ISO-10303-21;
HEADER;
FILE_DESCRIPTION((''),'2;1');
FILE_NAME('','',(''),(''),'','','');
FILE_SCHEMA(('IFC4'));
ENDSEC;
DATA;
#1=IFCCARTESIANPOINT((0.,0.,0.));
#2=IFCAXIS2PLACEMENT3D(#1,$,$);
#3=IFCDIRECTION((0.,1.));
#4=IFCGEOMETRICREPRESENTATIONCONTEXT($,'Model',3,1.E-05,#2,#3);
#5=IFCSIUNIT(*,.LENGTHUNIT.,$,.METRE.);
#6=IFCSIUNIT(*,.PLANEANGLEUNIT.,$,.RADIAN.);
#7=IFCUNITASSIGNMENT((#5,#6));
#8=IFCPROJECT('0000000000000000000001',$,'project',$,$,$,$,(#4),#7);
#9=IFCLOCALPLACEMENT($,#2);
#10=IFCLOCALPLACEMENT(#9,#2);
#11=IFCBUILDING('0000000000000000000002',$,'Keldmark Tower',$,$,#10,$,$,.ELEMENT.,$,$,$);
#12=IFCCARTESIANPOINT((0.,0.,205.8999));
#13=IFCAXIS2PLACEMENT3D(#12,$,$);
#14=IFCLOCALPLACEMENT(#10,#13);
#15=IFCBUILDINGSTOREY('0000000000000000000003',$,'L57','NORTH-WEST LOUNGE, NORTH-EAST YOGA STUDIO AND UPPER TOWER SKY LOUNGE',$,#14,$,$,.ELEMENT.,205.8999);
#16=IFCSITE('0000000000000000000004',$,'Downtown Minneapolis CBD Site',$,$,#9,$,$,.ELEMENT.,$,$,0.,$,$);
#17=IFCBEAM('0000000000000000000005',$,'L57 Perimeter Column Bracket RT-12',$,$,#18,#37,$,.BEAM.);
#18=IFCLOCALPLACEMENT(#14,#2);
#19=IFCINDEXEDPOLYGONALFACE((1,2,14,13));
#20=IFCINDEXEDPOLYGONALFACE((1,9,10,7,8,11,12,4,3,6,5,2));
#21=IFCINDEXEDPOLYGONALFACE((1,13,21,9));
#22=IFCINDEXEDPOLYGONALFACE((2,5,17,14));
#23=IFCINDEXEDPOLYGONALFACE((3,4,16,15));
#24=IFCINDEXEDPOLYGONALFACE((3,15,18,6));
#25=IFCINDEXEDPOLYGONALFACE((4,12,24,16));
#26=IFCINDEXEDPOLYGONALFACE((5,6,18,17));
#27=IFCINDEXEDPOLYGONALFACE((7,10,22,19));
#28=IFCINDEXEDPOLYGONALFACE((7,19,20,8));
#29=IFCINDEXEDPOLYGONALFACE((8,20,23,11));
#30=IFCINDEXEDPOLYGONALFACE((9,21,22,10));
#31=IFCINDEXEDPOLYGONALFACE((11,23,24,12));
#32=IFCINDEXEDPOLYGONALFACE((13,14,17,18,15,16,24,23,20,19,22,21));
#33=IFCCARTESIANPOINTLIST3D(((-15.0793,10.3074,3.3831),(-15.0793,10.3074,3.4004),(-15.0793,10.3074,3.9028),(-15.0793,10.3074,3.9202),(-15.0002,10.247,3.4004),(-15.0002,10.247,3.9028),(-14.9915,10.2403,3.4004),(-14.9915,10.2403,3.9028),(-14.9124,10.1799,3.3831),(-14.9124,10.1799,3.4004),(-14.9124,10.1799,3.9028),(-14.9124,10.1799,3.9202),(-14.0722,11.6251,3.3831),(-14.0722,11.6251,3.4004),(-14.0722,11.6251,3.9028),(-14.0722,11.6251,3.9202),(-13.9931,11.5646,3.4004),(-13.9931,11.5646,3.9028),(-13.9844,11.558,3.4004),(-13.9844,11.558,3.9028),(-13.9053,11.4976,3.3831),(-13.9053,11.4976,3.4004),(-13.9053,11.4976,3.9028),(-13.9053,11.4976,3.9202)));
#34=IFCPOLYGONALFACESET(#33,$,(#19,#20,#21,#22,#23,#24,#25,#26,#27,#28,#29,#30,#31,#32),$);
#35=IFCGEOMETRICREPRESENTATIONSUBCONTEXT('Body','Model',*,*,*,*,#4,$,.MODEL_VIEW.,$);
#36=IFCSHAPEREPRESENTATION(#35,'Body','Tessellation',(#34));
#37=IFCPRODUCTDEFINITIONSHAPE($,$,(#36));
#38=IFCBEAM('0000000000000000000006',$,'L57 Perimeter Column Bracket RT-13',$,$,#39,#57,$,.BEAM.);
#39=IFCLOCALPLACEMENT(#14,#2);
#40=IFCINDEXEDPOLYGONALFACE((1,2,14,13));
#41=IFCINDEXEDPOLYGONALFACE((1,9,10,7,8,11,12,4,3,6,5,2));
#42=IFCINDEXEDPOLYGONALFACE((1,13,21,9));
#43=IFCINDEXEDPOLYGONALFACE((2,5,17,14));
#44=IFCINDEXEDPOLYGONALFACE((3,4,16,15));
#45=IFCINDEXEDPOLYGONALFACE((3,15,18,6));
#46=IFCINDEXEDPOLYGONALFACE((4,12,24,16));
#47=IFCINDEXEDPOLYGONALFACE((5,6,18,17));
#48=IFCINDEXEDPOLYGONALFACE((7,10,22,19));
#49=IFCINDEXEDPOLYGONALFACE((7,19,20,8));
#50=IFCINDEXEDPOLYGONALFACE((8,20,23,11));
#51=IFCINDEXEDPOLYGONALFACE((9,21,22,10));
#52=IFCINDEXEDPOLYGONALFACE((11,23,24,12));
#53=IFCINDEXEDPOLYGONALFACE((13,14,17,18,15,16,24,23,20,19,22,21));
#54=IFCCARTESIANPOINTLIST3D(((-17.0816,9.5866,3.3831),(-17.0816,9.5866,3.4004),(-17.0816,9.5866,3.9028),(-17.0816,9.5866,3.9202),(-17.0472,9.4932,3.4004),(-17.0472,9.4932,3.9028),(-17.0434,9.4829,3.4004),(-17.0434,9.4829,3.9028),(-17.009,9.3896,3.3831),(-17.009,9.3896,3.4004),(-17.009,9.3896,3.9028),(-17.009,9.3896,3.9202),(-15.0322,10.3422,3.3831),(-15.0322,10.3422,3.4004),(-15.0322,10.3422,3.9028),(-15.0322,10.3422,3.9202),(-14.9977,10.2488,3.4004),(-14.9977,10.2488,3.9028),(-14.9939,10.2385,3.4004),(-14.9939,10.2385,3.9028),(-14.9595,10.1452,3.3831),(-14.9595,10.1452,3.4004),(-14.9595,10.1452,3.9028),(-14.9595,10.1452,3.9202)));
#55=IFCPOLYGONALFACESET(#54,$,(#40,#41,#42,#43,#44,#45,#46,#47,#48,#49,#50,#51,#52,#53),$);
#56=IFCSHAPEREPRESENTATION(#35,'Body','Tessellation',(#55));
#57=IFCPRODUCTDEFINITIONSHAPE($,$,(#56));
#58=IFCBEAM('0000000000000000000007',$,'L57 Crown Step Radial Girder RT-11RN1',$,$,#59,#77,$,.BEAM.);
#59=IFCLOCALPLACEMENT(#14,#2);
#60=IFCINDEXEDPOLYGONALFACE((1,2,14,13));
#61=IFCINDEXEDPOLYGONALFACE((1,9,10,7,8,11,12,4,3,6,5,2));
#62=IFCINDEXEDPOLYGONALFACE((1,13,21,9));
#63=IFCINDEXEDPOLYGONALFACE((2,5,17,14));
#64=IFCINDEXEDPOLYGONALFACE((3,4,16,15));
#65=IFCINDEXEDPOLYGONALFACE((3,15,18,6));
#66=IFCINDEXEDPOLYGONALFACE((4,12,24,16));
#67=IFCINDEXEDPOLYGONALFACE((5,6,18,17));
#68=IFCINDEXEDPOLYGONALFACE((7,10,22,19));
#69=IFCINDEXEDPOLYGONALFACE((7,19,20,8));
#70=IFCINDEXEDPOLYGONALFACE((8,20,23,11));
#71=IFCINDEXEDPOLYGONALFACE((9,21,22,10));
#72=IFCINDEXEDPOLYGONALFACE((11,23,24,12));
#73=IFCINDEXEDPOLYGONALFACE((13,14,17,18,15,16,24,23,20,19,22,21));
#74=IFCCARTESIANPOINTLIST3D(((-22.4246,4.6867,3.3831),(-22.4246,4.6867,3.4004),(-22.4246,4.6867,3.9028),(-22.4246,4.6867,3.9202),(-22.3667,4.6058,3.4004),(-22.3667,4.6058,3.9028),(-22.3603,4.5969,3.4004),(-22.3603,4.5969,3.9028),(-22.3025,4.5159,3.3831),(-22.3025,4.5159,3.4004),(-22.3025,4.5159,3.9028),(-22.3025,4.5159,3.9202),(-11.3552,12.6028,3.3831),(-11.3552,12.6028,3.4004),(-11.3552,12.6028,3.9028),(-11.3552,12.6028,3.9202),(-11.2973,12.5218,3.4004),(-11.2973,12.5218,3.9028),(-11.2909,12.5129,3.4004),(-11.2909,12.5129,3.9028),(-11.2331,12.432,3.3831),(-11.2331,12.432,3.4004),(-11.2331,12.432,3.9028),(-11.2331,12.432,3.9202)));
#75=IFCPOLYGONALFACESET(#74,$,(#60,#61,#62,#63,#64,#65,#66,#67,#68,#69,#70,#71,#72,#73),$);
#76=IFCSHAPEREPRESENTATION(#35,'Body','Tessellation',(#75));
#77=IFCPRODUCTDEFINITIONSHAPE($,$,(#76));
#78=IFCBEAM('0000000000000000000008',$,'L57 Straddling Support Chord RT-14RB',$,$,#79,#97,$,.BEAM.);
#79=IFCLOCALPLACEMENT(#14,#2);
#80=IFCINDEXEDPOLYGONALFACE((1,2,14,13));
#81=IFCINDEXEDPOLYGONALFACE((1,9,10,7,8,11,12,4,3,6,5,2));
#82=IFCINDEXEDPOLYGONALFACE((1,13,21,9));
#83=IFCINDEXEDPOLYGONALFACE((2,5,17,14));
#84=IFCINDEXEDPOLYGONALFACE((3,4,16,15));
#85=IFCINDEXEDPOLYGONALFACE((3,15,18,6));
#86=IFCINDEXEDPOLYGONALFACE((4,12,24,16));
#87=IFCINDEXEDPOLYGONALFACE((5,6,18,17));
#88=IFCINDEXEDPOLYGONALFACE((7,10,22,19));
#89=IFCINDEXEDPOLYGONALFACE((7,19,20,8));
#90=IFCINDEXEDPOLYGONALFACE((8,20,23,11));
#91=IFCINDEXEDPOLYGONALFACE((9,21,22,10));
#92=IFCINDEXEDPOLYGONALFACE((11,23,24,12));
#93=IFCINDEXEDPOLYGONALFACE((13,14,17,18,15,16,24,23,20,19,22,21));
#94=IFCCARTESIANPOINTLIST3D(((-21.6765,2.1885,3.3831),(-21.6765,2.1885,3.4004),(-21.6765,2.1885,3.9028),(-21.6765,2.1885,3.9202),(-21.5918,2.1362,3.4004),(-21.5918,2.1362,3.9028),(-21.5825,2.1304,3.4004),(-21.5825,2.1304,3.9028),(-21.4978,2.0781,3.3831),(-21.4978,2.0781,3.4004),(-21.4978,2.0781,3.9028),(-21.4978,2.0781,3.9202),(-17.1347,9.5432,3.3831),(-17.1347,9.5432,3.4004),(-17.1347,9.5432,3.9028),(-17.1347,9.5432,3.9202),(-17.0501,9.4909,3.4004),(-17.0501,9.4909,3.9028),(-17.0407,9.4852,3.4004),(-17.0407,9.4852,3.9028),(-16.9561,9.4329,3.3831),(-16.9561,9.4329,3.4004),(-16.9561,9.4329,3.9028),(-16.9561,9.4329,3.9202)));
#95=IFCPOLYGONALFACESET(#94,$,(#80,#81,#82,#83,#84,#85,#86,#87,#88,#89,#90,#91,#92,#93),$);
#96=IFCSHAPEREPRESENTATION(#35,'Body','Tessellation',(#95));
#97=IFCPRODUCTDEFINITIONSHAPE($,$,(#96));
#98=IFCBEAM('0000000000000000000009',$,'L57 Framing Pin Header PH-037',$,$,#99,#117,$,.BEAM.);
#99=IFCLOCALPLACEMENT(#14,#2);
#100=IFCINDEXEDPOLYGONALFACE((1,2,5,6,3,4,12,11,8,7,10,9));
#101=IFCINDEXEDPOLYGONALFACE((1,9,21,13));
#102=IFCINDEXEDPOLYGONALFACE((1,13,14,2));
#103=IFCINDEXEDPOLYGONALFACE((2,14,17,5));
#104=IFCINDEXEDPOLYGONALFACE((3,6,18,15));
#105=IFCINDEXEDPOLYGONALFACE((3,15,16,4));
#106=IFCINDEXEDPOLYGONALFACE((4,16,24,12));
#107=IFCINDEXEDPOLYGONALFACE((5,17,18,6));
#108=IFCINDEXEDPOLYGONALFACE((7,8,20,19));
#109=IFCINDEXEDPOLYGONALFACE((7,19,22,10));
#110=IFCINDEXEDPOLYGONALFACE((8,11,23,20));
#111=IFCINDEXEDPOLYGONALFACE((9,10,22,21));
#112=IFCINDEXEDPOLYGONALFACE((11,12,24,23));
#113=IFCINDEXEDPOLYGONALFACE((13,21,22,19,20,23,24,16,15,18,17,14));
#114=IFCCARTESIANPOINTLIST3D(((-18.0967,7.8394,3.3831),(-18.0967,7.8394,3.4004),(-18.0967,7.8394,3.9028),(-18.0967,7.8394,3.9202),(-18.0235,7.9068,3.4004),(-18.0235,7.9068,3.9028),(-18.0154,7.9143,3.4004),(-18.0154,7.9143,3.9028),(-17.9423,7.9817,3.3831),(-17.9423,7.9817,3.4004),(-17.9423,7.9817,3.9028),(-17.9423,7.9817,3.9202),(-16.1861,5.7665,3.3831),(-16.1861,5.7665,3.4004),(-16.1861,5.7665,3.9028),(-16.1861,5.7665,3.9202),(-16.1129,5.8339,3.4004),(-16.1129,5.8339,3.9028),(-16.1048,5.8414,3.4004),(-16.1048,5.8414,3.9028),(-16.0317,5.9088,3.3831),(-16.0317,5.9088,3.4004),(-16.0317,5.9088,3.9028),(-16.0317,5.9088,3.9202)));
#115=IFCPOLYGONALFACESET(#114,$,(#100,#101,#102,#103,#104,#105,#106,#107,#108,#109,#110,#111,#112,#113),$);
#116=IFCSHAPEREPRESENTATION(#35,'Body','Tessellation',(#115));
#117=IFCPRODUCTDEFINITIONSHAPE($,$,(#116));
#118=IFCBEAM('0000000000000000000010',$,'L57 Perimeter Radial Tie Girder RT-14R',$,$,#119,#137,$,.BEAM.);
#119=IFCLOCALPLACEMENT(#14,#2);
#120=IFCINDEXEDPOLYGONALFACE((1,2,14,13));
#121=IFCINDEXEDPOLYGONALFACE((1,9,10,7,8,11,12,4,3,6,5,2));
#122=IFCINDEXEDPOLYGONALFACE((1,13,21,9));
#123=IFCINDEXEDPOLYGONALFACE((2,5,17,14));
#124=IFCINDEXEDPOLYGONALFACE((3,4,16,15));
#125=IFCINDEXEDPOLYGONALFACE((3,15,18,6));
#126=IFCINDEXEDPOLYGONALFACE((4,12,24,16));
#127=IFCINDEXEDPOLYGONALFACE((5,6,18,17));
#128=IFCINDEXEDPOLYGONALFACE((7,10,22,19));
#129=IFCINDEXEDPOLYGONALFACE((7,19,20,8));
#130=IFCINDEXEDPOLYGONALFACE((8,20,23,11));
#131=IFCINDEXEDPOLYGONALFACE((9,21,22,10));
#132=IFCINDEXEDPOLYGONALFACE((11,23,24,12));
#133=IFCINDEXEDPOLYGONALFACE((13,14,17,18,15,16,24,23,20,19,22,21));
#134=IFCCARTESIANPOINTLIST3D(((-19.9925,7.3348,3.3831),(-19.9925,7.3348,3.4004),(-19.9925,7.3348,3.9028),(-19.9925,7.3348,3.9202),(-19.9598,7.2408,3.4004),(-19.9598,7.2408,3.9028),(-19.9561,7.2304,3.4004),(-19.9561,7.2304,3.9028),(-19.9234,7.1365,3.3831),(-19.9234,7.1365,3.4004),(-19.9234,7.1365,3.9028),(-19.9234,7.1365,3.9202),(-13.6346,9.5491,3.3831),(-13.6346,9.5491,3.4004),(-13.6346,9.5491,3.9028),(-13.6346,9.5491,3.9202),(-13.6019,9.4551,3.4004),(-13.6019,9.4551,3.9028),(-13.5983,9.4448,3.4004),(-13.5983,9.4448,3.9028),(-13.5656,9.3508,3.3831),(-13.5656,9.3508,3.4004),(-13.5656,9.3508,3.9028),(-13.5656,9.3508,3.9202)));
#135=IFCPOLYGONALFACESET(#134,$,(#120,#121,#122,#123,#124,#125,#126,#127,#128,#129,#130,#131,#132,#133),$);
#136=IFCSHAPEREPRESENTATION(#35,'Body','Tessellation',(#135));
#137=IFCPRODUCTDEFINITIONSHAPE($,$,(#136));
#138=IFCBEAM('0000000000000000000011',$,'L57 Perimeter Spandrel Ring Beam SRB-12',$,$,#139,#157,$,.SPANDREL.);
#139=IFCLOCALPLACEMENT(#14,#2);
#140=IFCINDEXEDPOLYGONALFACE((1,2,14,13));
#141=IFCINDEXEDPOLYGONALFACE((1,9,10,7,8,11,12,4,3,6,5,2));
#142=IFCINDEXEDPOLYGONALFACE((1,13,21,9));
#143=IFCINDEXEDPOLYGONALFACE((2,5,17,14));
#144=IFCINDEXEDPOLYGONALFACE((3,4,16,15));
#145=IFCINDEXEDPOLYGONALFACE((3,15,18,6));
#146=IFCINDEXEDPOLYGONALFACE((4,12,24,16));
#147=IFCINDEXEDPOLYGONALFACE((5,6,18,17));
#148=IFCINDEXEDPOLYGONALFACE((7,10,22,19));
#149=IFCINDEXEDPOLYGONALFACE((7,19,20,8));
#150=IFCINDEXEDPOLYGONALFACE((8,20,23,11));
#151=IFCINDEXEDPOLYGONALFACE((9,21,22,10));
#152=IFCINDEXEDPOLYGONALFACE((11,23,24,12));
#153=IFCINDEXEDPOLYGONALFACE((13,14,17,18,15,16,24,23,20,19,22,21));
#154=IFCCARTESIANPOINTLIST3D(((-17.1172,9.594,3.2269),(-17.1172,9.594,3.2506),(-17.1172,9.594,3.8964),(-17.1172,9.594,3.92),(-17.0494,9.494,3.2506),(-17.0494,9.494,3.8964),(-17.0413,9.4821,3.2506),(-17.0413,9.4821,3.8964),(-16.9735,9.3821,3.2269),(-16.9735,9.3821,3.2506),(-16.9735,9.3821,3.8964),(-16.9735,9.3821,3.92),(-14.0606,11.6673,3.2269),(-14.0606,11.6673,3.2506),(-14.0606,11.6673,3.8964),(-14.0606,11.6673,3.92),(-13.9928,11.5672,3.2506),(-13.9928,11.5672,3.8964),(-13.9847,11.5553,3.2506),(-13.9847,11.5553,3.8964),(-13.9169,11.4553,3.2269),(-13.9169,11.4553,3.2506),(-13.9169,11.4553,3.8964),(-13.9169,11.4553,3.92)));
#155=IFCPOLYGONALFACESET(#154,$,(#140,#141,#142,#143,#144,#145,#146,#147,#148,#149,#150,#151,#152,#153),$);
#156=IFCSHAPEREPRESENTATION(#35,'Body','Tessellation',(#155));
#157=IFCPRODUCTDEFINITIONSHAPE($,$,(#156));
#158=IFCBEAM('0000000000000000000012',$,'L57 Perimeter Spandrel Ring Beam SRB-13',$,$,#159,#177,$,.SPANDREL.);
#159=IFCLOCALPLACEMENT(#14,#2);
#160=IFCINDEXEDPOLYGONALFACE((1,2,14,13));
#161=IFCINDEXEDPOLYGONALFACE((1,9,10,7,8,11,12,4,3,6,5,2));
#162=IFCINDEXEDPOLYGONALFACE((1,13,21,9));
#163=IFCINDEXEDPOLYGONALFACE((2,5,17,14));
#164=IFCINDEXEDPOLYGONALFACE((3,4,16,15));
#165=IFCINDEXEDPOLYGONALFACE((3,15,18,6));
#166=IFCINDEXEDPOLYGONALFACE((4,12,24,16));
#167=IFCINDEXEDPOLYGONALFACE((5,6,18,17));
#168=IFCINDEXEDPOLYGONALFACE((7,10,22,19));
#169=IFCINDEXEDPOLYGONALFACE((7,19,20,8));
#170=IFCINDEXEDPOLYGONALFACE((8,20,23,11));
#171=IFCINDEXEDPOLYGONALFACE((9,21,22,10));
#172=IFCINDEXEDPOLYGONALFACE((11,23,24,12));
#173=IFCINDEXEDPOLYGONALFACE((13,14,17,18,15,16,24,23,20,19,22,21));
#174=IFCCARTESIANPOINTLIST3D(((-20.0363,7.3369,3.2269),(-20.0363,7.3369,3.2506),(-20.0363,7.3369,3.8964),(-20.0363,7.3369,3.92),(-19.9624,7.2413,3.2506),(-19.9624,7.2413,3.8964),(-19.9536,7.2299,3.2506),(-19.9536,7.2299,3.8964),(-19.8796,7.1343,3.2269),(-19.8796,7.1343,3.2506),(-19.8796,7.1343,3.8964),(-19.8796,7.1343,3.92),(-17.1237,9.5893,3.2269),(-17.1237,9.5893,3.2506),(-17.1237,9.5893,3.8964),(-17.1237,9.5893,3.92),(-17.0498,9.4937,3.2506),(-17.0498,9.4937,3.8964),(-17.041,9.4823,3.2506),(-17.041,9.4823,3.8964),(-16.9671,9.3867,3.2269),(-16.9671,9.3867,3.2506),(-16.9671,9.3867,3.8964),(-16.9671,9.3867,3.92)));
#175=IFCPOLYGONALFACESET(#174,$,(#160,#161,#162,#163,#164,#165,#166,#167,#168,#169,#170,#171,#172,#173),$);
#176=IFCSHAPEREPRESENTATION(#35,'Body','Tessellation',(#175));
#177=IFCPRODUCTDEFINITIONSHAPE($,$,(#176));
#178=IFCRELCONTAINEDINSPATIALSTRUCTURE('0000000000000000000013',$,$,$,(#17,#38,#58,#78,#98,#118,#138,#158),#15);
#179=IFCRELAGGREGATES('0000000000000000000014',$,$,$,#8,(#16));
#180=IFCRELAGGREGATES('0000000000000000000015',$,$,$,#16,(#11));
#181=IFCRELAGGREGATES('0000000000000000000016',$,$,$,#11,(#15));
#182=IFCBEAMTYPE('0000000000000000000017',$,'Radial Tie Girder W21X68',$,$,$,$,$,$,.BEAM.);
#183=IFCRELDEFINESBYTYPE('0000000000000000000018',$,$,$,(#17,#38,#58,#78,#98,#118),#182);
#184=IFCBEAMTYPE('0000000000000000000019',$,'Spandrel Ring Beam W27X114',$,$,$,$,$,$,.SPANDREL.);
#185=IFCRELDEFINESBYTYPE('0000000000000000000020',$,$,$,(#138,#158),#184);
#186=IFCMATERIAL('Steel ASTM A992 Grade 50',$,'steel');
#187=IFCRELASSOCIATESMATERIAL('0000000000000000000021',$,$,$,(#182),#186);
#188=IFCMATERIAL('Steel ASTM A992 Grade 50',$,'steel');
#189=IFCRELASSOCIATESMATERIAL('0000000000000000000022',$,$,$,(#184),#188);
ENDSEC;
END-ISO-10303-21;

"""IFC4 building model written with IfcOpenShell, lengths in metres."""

from ifc_helpers import new_model, si_unit, direction, frame, origin, origin_2d, place, context, subcontext, project, spatial, i_section, extrude, material, material_profile, profile_set, type_object, element, save


model = new_model("IFC4")

# Units and contexts
model_context = context("Model", 3, precision=1e-05, world=origin(), true_north=direction((0.0, 1.0)))
body_context = subcontext(model_context, "Body", "Model", "MODEL_VIEW")
ifc_project = project(units=[si_unit("LENGTHUNIT", "METRE"), si_unit("PLANEANGLEUNIT", "RADIAN")], contexts=[model_context])

# Site, building, storey
site_placement = place(None, origin())
site = spatial("IfcSite", under=ifc_project, at=site_placement, Name="Downtown Minneapolis CBD Site", CompositionType="ELEMENT", RefElevation=0.0)
building_placement = place(site_placement, origin())
building = spatial("IfcBuilding", under=site, at=building_placement, Name="Keldmark Tower", CompositionType="ELEMENT")
storey_placement = place(building_placement, frame((0.0, 0.0, 205.8999)))
storey = spatial("IfcBuildingStorey", under=building, at=storey_placement, Name="L57", Description="NORTH-WEST LOUNGE, NORTH-EAST YOGA STUDIO AND UPPER TOWER SKY LOUNGE", CompositionType="ELEMENT", Elevation=205.8999)

# Beams
ifc_material_1 = material(Name="Steel ASTM A992 Grade 50", Category="steel")
ifc_material_profile_1 = material_profile(ifc_material_1, i_section(OverallWidth=0.21, OverallDepth=0.5371, WebThickness=0.011, FlangeThickness=0.0173, at=origin_2d()), Name="W21X68")
ifc_profile_set_1 = profile_set([ifc_material_profile_1], Name="Steel ASTM A992 Grade 50")
beam_type_1 = type_object("IfcBeamType", Name="Radial Tie Girder W21X68", PredefinedType="BEAM", material=ifc_profile_set_1)
beam_1_placement = place(storey_placement, frame((-14.9958, 10.2437, 3.6516), z_axis=(0.607253, 0.794508, 0.0), x_axis=(-0.794508, 0.607253, 0.0)))
element("IfcBeam", 1, at=beam_1_placement, inside=storey, type_object=beam_type_1, Name="L57 Perimeter Column Bracket RT-12", PredefinedType="BEAM", context=body_context, shape_type="SweptSolid", body=[
    extrude(i_section(OverallWidth=0.21, OverallDepth=0.5371, WebThickness=0.011, FlangeThickness=0.0173, at=origin_2d()), origin(), (0.0, 0.0, 1.0), 1.6584),
])
beam_2_placement = place(storey_placement, frame((-14.9958, 10.2437, 3.6516), z_axis=(-0.938267, -0.345913, 0.0), x_axis=(0.345913, -0.938267, 0.0)))
element("IfcBeam", 2, at=beam_2_placement, inside=storey, type_object=beam_type_1, Name="L57 Perimeter Column Bracket RT-13", PredefinedType="BEAM", context=body_context, shape_type="SweptSolid", body=[
    extrude(i_section(OverallWidth=0.21, OverallDepth=0.5371, WebThickness=0.011, FlangeThickness=0.0173, at=origin_2d()), origin(), (0.0, 0.0, 1.0), 2.1843),
])
beam_3_placement = place(storey_placement, frame((-22.3635, 4.6013, 3.6516), z_axis=(0.813408, 0.581693, 0.0), x_axis=(-0.581693, 0.813408, 0.0)))
element("IfcBeam", 3, at=beam_3_placement, inside=storey, type_object=beam_type_1, Name="L57 Crown Step Radial Girder RT-11RN1", PredefinedType="BEAM", context=body_context, shape_type="SweptSolid", body=[
    extrude(i_section(OverallWidth=0.21, OverallDepth=0.5371, WebThickness=0.011, FlangeThickness=0.0173, at=origin_2d()), origin(), (0.0, 0.0, 1.0), 13.6086),
])
beam_4_placement = place(storey_placement, frame((-17.0454, 9.488, 3.6516), z_axis=(-0.525419, -0.850844, 0.0), x_axis=(0.850844, -0.525419, 0.0)))
element("IfcBeam", 4, at=beam_4_placement, inside=storey, type_object=beam_type_1, Name="L57 Straddling Support Chord RT-14RB", PredefinedType="BEAM", context=body_context, shape_type="SweptSolid", body=[
    extrude(i_section(OverallWidth=0.21, OverallDepth=0.5371, WebThickness=0.011, FlangeThickness=0.0173, at=origin_2d()), origin(), (0.0, 0.0, 1.0), 8.644),
])
beam_5_placement = place(storey_placement, frame((-16.1089, 5.8376, 3.6516), z_axis=(-0.677726, 0.735315, 0.0), x_axis=(-0.735315, -0.677726, 0.0)))
element("IfcBeam", 5, at=beam_5_placement, inside=storey, type_object=beam_type_1, Name="L57 Framing Pin Header PH-037", PredefinedType="BEAM", context=body_context, shape_type="SweptSolid", body=[
    extrude(i_section(OverallWidth=0.21, OverallDepth=0.5371, WebThickness=0.011, FlangeThickness=0.0173, at=origin_2d()), origin(), (0.0, 0.0, 1.0), 2.8191),
])
beam_6_placement = place(storey_placement, frame((-13.6001, 9.45, 3.6516), z_axis=(-0.944363, -0.328906, 0.0), x_axis=(0.328906, -0.944363, 0.0)))
element("IfcBeam", 6, at=beam_6_placement, inside=storey, type_object=beam_type_1, Name="L57 Perimeter Radial Tie Girder RT-14R", PredefinedType="BEAM", context=body_context, shape_type="SweptSolid", body=[
    extrude(i_section(OverallWidth=0.21, OverallDepth=0.5371, WebThickness=0.011, FlangeThickness=0.0173, at=origin_2d()), origin(), (0.0, 0.0, 1.0), 6.7324),
])
ifc_material_2 = material(Name="Steel ASTM A992 Grade 50", Category="steel")
ifc_material_profile_2 = material_profile(ifc_material_2, i_section(OverallWidth=0.2561, OverallDepth=0.6931, WebThickness=0.0144, FlangeThickness=0.0237, at=origin_2d()), Name="W27X114")
ifc_profile_set_2 = profile_set([ifc_material_profile_2], Name="Steel ASTM A992 Grade 50")
beam_type_2 = type_object("IfcBeamType", Name="Spandrel Ring Beam W27X114", PredefinedType="SPANDREL", material=ifc_profile_set_2)
beam_7_placement = place(storey_placement, frame((-13.9888, 11.5613, 3.5735), z_axis=(-0.82759, -0.561333, 0.0), x_axis=(0.561333, -0.82759, 0.0)))
element("IfcBeam", 7, at=beam_7_placement, inside=storey, type_object=beam_type_2, Name="L57 Perimeter Spandrel Ring Beam SRB-12", PredefinedType="SPANDREL", context=body_context, shape_type="SweptSolid", body=[
    extrude(i_section(OverallWidth=0.2561, OverallDepth=0.6931, WebThickness=0.0144, FlangeThickness=0.0237, at=origin_2d()), origin(), (0.0, 0.0, 1.0), 3.6934),
])
beam_8_placement = place(storey_placement, frame((-17.0454, 9.488, 3.5735), z_axis=(-0.791049, -0.611753, 0.0), x_axis=(0.611753, -0.791049, 0.0)))
element("IfcBeam", 8, at=beam_8_placement, inside=storey, type_object=beam_type_2, Name="L57 Perimeter Spandrel Ring Beam SRB-13", PredefinedType="SPANDREL", context=body_context, shape_type="SweptSolid", body=[
    extrude(i_section(OverallWidth=0.2561, OverallDepth=0.6931, WebThickness=0.0144, FlangeThickness=0.0237, at=origin_2d()), origin(), (0.0, 0.0, 1.0), 3.6819),
])

save(model, "model.ifc")
